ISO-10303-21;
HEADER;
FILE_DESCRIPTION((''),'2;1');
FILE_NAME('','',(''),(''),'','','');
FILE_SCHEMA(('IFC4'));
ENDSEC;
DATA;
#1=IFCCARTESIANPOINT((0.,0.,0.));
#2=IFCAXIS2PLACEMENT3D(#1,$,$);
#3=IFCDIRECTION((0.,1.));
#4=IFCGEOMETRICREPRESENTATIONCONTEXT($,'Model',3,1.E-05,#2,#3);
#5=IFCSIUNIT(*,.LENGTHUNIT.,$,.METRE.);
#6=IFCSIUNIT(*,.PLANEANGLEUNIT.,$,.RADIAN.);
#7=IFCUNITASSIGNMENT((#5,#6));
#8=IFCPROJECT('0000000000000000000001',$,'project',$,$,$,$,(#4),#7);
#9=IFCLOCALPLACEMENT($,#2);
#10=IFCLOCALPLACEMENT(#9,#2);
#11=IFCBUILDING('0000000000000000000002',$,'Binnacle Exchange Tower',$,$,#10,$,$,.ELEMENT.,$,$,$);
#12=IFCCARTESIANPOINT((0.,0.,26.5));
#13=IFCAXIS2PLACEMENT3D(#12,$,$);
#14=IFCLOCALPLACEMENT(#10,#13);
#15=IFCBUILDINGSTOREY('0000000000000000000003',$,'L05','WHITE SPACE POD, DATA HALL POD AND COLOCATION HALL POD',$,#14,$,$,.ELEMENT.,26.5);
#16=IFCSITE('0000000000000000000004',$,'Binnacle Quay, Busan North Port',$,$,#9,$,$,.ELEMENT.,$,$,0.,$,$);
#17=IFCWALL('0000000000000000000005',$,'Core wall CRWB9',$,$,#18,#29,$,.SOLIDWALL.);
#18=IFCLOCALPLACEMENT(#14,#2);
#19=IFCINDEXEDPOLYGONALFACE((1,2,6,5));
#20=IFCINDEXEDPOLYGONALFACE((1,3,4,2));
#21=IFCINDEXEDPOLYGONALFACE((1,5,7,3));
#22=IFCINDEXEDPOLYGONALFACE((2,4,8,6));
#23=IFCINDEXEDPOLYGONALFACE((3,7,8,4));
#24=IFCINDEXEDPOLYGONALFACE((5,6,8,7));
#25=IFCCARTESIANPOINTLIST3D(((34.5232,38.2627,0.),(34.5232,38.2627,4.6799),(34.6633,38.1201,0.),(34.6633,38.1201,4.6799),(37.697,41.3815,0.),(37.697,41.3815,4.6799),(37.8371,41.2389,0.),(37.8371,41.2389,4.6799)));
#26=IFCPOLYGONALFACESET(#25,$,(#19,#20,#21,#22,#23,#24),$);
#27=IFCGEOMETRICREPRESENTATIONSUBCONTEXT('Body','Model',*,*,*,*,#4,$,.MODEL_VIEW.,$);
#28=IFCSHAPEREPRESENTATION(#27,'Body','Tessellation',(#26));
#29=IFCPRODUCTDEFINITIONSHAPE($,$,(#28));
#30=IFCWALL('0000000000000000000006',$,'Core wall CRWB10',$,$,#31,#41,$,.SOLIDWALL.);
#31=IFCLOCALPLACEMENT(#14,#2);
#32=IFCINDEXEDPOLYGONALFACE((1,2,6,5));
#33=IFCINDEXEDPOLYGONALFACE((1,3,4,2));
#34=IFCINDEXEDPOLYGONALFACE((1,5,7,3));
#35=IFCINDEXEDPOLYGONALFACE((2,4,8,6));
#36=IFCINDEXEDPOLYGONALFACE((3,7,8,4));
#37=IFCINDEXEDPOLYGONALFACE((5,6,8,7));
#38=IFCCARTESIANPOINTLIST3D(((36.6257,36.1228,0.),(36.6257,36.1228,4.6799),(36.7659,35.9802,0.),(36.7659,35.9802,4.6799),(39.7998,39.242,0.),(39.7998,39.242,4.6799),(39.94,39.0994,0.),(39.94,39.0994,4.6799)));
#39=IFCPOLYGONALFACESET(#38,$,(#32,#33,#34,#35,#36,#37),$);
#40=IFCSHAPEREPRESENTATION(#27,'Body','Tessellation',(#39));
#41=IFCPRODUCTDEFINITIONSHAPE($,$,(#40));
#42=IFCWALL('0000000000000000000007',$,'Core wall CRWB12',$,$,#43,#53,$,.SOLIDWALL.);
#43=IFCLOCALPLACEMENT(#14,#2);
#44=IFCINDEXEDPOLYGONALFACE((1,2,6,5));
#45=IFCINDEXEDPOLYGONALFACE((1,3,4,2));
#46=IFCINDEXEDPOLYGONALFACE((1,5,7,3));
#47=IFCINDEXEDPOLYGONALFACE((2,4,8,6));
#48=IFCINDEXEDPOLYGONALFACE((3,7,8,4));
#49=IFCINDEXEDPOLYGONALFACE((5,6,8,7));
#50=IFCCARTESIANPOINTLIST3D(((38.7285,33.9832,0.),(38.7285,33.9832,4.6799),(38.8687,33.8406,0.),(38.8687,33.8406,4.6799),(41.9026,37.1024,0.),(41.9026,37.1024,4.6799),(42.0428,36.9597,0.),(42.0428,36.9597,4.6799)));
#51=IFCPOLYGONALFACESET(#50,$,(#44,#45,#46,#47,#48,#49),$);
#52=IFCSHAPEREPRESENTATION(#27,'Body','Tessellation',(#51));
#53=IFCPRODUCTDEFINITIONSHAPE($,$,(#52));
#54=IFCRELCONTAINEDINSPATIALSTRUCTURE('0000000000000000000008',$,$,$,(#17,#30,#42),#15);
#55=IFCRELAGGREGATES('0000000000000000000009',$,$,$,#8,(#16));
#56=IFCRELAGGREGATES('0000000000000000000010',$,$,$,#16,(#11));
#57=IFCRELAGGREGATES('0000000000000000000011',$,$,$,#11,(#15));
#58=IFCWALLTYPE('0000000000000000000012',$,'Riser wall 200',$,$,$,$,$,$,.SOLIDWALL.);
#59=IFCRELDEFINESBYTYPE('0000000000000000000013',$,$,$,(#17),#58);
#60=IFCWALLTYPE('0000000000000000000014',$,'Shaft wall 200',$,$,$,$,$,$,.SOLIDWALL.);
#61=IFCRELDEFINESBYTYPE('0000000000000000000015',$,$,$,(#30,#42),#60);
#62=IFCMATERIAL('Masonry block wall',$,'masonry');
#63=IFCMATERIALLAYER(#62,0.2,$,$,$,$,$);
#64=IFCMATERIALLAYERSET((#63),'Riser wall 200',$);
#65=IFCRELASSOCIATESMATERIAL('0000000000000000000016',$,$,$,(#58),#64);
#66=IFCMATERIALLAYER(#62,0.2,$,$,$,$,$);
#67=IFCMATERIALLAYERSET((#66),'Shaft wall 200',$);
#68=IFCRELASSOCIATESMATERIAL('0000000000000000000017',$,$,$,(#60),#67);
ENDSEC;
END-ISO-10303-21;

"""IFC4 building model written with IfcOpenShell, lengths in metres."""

from ifc_helpers import new_model, si_unit, direction, frame, frame_2d, origin, place, context, subcontext, project, spatial, rectangle, extrude, material, layer, layer_set, type_object, element, save


model = new_model("IFC4")

# Units and contexts
model_context = context("Model", 3, precision=1e-05, world=origin(), true_north=direction((0.0, 1.0)))
body_context = subcontext(model_context, "Body", "Model", "MODEL_VIEW")
ifc_project = project(units=[si_unit("LENGTHUNIT", "METRE"), si_unit("PLANEANGLEUNIT", "RADIAN")], contexts=[model_context])

# Site, building, storey
site_placement = place(None, origin())
site = spatial("IfcSite", under=ifc_project, at=site_placement, Name="Binnacle Quay, Busan North Port", CompositionType="ELEMENT", RefElevation=0.0)
building_placement = place(site_placement, origin())
building = spatial("IfcBuilding", under=site, at=building_placement, Name="Binnacle Exchange Tower", CompositionType="ELEMENT")
storey_placement = place(building_placement, frame((0.0, 0.0, 26.5)))
storey = spatial("IfcBuildingStorey", under=building, at=storey_placement, Name="L05", Description="WHITE SPACE POD, DATA HALL POD AND COLOCATION HALL POD", CompositionType="ELEMENT", Elevation=26.5)

# Shared definitions
ifc_material_1 = material(Name="Masonry block wall", Category="masonry")

# Walls
ifc_layer_1 = layer(ifc_material_1, 0.2)
ifc_layer_set_1 = layer_set([ifc_layer_1], Name="Riser wall 200")
wall_type_1 = type_object("IfcWallType", Name="Riser wall 200", PredefinedType="SOLIDWALL", material=ifc_layer_set_1)
wall_1_placement = place(storey_placement, frame((34.5933, 38.1914, 0.0), z_axis=(0.0, 0.0, 1.0), x_axis=(0.713252, 0.700907, 0.0)))
element("IfcWall", 1, at=wall_1_placement, inside=storey, type_object=wall_type_1, Name="Core wall CRWB9", PredefinedType="SOLIDWALL", context=body_context, shape_type="SweptSolid", body=[
    extrude(rectangle(XDim=4.4497, YDim=0.2, at=frame_2d((2.2249, 0.0))), origin(), (0.0, 0.0, 1.0), 4.6799),
])
ifc_layer_2 = layer(ifc_material_1, 0.2)
ifc_layer_set_2 = layer_set([ifc_layer_2], Name="Shaft wall 200")
wall_type_2 = type_object("IfcWallType", Name="Shaft wall 200", PredefinedType="SOLIDWALL", material=ifc_layer_set_2)
for number, where, z_axis, x_axis, name in (
    (2, (36.6958, 36.0515, 0.0), (0.0, 0.0, 1.0), (0.713252, 0.700908, 0.0), "Core wall CRWB10"),
    (3, (38.7986, 33.9119, 0.0), (0.0, 0.0, 1.0), (0.713252, 0.700908, 0.0), "Core wall CRWB12"),
):
    element("IfcWall", number, at=place(storey_placement, frame(where, z_axis=z_axis, x_axis=x_axis)), inside=storey, type_object=wall_type_2, Name=name, PredefinedType="SOLIDWALL", context=body_context, shape_type="SweptSolid", body=[
        extrude(rectangle(XDim=4.4502, YDim=0.2, at=frame_2d((2.2251, 0.0))), origin(), (0.0, 0.0, 1.0), 4.6799),
    ])

save(model, "model.ifc")
